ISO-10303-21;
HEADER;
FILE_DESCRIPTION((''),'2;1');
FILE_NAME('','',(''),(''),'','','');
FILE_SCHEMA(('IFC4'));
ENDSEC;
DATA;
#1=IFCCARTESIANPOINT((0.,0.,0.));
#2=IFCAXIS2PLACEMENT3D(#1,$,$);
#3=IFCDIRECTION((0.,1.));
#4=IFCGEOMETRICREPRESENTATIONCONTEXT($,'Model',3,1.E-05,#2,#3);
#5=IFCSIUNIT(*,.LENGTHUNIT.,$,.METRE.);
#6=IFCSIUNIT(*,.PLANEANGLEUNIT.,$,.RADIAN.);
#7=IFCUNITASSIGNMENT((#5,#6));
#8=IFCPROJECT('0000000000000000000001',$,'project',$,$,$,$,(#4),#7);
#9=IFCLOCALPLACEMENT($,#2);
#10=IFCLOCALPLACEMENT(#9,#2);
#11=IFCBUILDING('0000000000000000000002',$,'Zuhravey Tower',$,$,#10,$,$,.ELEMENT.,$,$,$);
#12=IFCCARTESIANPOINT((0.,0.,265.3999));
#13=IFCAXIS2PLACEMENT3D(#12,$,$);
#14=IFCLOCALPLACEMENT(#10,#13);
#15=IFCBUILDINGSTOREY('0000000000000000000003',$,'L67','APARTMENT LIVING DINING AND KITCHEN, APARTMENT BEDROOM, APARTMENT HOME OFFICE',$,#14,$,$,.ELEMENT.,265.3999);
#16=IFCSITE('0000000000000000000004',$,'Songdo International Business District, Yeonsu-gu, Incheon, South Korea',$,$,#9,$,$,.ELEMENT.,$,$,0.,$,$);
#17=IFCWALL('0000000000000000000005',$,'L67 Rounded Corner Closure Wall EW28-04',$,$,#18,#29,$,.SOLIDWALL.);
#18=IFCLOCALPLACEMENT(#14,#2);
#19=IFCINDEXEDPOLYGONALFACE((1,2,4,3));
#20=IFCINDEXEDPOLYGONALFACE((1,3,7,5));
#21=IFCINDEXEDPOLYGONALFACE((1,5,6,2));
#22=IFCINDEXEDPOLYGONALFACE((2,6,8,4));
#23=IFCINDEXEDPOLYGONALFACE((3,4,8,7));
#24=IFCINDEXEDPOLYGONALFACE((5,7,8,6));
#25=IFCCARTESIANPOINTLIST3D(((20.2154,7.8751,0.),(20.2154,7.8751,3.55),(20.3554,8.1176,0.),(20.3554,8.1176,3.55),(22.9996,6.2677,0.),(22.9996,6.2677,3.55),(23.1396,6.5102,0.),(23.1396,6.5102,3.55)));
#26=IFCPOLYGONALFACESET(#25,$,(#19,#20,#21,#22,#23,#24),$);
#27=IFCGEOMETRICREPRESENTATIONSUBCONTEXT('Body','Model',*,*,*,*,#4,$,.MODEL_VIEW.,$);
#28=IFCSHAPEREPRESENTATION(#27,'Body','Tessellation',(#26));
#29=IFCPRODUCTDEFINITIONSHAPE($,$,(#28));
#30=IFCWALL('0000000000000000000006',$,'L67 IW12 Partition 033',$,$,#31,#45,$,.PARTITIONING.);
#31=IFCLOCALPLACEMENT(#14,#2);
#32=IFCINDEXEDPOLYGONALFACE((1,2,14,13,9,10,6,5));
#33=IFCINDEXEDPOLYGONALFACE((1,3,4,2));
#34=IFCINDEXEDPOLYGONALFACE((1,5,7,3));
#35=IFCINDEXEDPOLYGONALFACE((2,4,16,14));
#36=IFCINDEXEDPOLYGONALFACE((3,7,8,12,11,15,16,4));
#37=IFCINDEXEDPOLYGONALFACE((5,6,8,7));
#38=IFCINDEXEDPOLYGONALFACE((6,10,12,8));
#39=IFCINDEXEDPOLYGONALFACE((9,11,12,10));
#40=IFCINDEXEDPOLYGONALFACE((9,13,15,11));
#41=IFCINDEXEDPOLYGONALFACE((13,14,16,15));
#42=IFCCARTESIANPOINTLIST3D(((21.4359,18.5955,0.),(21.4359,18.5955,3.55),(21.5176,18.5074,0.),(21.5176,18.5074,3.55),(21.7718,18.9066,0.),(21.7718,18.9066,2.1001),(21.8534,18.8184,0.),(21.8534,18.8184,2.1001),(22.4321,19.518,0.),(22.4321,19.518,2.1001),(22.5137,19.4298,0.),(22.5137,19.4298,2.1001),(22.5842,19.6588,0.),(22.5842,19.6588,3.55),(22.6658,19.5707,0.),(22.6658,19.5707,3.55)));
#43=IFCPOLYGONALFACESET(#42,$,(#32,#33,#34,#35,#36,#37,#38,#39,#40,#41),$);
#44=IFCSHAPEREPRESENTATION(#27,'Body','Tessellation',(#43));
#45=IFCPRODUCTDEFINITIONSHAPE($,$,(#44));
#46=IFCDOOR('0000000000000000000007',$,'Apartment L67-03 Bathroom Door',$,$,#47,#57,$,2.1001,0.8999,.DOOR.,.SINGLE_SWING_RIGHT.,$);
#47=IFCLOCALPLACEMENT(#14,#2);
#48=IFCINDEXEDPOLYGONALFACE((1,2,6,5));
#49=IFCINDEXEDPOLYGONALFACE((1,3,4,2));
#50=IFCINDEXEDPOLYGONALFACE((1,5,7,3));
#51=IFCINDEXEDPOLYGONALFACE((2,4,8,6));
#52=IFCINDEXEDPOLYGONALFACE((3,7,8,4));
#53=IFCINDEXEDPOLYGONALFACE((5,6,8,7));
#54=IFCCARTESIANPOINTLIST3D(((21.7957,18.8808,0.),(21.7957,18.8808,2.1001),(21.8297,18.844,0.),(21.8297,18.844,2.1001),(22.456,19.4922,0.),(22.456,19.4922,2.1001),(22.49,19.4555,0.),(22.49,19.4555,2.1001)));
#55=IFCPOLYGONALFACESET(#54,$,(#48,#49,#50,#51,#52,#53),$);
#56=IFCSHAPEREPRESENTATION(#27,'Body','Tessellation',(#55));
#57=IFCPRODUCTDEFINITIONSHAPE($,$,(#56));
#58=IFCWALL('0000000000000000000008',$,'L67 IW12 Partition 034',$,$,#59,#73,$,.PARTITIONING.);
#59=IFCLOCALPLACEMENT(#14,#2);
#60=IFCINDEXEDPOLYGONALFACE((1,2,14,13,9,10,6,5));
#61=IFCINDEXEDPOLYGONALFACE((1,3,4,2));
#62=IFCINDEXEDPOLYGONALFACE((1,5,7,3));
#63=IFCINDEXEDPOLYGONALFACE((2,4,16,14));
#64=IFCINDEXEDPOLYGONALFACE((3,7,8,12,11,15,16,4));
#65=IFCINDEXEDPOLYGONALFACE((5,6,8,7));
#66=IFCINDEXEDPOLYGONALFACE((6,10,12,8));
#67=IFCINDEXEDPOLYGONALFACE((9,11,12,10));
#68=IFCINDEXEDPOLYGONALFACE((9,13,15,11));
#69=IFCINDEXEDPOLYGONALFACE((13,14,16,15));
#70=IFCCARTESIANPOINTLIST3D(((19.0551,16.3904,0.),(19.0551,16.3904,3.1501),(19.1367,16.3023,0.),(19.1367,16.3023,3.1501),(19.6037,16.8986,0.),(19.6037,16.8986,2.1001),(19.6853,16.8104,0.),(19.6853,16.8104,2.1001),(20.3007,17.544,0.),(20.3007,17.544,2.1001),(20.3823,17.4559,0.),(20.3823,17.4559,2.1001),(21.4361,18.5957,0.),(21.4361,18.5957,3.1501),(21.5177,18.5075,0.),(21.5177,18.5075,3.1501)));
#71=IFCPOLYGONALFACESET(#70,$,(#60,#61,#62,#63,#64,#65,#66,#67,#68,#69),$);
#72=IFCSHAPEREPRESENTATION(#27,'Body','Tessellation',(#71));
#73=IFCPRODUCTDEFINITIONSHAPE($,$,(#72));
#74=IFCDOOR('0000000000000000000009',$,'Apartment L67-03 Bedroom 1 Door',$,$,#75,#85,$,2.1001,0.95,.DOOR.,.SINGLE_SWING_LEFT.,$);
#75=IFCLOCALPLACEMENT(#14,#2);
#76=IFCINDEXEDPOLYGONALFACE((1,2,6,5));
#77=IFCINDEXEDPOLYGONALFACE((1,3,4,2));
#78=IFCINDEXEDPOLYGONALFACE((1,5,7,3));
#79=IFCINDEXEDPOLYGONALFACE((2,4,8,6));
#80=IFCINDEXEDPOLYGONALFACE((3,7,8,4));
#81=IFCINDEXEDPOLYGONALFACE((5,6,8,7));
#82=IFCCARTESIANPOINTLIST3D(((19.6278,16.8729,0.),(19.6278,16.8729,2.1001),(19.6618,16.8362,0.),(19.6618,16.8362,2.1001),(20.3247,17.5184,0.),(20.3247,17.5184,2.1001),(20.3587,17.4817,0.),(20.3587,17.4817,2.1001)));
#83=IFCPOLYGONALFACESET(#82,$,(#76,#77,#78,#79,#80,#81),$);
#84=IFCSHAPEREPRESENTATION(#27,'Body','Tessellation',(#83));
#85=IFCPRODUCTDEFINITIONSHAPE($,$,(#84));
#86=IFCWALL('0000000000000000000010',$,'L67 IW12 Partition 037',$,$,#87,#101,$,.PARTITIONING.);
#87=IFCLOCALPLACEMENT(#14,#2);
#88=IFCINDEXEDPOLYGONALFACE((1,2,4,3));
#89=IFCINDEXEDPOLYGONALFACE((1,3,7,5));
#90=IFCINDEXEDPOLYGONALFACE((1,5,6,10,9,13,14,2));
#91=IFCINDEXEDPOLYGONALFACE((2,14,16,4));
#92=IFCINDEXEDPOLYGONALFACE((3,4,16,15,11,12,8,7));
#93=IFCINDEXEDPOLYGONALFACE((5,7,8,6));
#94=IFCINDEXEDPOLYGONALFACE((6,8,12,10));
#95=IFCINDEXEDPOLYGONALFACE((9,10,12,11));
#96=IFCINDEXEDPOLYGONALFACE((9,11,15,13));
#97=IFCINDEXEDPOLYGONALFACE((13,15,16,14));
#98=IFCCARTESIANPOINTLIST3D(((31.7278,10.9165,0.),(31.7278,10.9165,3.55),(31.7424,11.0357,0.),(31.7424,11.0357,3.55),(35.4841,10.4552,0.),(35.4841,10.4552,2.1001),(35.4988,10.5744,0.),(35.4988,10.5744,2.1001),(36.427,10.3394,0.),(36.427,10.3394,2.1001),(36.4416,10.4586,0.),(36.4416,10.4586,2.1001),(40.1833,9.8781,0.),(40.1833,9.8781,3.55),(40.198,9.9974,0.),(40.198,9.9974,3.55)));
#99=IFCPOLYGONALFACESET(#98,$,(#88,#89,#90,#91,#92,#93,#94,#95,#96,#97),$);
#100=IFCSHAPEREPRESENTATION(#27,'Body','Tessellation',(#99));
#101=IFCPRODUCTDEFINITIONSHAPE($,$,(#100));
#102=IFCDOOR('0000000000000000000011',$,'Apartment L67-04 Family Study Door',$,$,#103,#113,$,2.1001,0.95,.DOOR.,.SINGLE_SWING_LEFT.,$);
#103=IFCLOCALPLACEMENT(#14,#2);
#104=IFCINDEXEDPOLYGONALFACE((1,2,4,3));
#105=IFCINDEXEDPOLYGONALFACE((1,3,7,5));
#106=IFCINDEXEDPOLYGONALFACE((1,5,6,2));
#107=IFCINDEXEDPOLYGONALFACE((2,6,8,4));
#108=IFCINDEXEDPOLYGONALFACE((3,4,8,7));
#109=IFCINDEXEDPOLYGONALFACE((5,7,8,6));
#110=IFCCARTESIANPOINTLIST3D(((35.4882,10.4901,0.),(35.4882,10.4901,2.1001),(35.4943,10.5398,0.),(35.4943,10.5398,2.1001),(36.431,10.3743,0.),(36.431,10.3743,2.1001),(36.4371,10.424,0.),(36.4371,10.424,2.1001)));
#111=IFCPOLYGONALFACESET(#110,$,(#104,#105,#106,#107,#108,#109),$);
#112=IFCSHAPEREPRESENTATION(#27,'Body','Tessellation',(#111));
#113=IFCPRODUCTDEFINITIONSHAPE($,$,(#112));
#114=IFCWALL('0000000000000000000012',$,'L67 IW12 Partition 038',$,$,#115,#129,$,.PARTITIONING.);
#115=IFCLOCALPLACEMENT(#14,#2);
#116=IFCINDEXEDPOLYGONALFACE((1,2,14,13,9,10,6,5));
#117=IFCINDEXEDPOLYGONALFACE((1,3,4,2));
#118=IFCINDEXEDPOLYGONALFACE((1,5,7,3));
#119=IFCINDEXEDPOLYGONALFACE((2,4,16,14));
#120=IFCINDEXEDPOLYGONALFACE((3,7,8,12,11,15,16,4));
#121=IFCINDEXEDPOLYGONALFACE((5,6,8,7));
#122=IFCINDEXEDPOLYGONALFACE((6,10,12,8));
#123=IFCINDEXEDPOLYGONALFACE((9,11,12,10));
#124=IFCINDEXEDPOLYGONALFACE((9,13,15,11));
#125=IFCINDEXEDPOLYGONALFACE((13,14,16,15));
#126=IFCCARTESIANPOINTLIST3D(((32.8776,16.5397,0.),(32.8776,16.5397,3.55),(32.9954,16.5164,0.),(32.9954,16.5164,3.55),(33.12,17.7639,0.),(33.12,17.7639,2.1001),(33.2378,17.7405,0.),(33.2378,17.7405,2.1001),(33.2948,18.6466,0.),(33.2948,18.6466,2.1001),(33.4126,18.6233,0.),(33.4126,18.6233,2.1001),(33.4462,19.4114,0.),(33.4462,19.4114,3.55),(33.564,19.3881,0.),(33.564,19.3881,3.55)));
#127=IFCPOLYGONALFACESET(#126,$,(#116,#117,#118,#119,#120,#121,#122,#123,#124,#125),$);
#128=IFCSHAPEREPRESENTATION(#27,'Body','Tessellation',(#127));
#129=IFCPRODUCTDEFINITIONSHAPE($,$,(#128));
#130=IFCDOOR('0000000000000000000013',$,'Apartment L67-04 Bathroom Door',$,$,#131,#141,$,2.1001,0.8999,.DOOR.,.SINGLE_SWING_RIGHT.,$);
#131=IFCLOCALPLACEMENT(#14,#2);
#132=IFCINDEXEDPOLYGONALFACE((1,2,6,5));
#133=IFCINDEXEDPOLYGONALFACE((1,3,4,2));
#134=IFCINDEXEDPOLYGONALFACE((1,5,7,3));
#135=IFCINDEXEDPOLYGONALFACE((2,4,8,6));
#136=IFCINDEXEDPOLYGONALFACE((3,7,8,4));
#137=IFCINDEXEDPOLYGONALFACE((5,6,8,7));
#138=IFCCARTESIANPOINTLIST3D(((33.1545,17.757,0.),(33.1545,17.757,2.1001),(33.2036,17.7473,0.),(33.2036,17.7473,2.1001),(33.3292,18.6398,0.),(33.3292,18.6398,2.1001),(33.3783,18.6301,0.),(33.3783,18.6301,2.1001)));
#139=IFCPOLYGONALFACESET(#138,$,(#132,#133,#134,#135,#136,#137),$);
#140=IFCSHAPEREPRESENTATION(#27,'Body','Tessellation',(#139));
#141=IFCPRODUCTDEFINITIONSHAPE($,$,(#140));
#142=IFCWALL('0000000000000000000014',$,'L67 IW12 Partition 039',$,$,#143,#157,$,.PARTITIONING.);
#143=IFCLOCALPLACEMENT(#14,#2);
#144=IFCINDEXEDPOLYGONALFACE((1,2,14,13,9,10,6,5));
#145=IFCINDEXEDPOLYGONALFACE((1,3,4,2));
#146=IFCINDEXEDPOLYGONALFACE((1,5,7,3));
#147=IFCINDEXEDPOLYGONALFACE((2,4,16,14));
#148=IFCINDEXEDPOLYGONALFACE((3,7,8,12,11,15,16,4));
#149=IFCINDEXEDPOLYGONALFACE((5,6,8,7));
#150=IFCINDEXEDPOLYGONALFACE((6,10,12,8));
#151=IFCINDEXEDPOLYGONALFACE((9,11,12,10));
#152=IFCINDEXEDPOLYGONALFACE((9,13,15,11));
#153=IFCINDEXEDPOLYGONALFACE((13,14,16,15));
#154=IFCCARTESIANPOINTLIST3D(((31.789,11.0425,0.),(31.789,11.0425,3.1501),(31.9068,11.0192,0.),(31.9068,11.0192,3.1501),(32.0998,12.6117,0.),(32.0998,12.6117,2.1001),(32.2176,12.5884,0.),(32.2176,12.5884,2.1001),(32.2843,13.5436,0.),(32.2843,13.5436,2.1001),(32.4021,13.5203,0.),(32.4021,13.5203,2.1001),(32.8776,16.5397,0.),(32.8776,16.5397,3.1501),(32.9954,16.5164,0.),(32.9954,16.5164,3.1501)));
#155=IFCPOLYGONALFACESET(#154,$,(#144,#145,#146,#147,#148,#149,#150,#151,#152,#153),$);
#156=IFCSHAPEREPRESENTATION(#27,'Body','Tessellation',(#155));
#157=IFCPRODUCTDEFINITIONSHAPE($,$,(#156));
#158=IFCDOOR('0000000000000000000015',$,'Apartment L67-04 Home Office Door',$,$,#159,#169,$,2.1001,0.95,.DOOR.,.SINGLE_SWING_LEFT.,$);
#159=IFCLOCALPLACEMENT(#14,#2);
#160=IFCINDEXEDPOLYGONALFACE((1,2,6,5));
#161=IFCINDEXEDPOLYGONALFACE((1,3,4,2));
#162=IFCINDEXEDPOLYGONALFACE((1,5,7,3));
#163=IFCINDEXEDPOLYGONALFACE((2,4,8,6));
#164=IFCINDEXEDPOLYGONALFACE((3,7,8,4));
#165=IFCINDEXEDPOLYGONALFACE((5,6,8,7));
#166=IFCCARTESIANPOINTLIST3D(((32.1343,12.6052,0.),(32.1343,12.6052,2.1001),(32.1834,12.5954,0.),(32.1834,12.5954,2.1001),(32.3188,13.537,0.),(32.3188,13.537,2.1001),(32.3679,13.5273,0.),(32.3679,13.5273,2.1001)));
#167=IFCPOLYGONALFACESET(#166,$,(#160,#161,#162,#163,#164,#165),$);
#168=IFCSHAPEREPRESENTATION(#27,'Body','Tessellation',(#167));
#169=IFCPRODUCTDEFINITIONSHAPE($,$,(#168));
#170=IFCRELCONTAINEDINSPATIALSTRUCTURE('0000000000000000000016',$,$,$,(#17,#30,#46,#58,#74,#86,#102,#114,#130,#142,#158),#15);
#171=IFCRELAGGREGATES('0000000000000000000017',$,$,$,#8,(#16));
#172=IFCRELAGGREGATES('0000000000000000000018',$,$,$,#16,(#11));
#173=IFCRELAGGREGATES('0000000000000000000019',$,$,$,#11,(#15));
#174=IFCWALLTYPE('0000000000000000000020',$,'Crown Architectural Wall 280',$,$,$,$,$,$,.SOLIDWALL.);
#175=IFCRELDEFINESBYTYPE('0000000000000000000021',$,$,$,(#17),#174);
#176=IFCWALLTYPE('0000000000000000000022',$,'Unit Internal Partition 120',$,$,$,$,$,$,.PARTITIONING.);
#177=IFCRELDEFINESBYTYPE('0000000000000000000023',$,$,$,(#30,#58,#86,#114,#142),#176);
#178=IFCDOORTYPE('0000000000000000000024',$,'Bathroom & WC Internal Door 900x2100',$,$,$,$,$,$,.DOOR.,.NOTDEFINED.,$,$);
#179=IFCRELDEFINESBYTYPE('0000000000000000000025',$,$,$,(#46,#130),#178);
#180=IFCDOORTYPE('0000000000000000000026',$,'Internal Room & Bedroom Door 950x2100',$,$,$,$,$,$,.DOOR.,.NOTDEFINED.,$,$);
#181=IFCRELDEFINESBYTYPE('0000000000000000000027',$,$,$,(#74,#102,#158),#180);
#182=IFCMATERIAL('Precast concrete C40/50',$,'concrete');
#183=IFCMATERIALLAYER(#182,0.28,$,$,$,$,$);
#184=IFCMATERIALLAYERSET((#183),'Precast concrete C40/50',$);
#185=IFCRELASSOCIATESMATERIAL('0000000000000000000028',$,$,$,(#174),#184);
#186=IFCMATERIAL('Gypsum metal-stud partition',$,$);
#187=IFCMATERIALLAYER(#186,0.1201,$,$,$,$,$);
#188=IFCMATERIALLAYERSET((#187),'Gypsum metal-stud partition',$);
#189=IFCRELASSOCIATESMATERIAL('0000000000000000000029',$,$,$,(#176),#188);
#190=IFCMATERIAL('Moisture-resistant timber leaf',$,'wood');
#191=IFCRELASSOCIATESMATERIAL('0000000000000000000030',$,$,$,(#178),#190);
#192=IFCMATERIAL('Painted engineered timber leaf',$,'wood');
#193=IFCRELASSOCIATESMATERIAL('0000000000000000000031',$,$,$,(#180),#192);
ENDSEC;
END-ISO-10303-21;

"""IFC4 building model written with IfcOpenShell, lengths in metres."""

from ifc_helpers import new_model, si_unit, direction, frame, frame_2d, origin, place, context, subcontext, project, spatial, rectangle, extrude, material, layer, layer_set, type_object, element, fill, save


model = new_model("IFC4")

# Units and contexts
model_context = context("Model", 3, precision=1e-05, world=origin(), true_north=direction((0.0, 1.0)))
body_context = subcontext(model_context, "Body", "Model", "MODEL_VIEW")
ifc_project = project(units=[si_unit("LENGTHUNIT", "METRE"), si_unit("PLANEANGLEUNIT", "RADIAN")], contexts=[model_context])

# Site, building, storey
site_placement = place(None, origin())
site = spatial("IfcSite", under=ifc_project, at=site_placement, Name="Songdo International Business District, Yeonsu-gu, Incheon, South Korea", CompositionType="ELEMENT", RefElevation=0.0)
building_placement = place(site_placement, origin())
building = spatial("IfcBuilding", under=site, at=building_placement, Name="Zuhravey Tower", CompositionType="ELEMENT")
storey_placement = place(building_placement, frame((0.0, 0.0, 265.3999)))
storey = spatial("IfcBuildingStorey", under=building, at=storey_placement, Name="L67", Description="APARTMENT LIVING DINING AND KITCHEN, APARTMENT BEDROOM, APARTMENT HOME OFFICE", CompositionType="ELEMENT", Elevation=265.3999)

# Wall
ifc_material_1 = material(Name="Precast concrete C40/50", Category="concrete")
ifc_layer_1 = layer(ifc_material_1, 0.28)
ifc_layer_set_1 = layer_set([ifc_layer_1], Name="Precast concrete C40/50")
wall_type_1 = type_object("IfcWallType", Name="Crown Architectural Wall 280", PredefinedType="SOLIDWALL", material=ifc_layer_set_1)
wall_1_placement = place(storey_placement, frame((23.0696, 6.3889, 0.0), z_axis=(0.0, 0.0, 1.0), x_axis=(-0.866029, 0.499994, 0.0)))
element("IfcWall", 1, at=wall_1_placement, inside=storey, type_object=wall_type_1, Name="L67 Rounded Corner Closure Wall EW28-04", PredefinedType="SOLIDWALL", context=body_context, shape_type="SweptSolid", body=[
    extrude(rectangle(XDim=3.2148, YDim=0.28, at=frame_2d((1.6074, 0.0))), origin(), (0.0, 0.0, 1.0), 3.55),
])

# Walls, openings, doors
ifc_material_2 = material(Name="Gypsum metal-stud partition")
ifc_layer_2 = layer(ifc_material_2, 0.1201)
ifc_layer_set_2 = layer_set([ifc_layer_2], Name="Gypsum metal-stud partition")
wall_type_2 = type_object("IfcWallType", Name="Unit Internal Partition 120", PredefinedType="PARTITIONING", material=ifc_layer_set_2)
wall_2_placement = place(storey_placement, frame((22.625, 19.6147, 0.0), z_axis=(0.0, 0.0, 1.0), x_axis=(-0.733732, -0.679439, 0.0)))
wall_2 = element("IfcWall", 2, at=wall_2_placement, inside=storey, type_object=wall_type_2, Name="L67 IW12 Partition 033", PredefinedType="PARTITIONING", context=body_context, shape_type="SweptSolid", body=[
    extrude(rectangle(XDim=1.5649, YDim=0.1201, at=frame_2d((0.7825, 0.0))), origin(), (0.0, 0.0, 1.0), 3.55),
])
opening_1_placement = place(wall_2_placement, frame((0.2073, 0.0, 0.0)))
opening_1 = element("IfcOpeningElement", 3, at=opening_1_placement, cuts=wall_2, PredefinedType="OPENING", context=body_context, shape_type="SweptSolid", body=[
    extrude(rectangle(XDim=0.8999, YDim=2.1001, at=frame_2d((0.45, 1.05))), frame((0.0, 0.072, 0.0), z_axis=(0.0, -1.0, 0.0), x_axis=(1.0, 0.0, 0.0)), (0.0, 0.0, 1.0), 0.144),
])
ifc_material_3 = material(Name="Moisture-resistant timber leaf", Category="wood")
door_type_1 = type_object("IfcDoorType", Name="Bathroom & WC Internal Door 900x2100", OperationType="NOTDEFINED", PredefinedType="DOOR", material=ifc_material_3)
door_1_placement = place(opening_1_placement, frame((0.8999, 0.0, 0.0), z_axis=(0.0, 0.0, 1.0), x_axis=(-1.0, 0.0, 0.0)))
door_1 = element("IfcDoor", 4, at=door_1_placement, inside=storey, type_object=door_type_1, Name="Apartment L67-03 Bathroom Door", OperationType="SINGLE_SWING_RIGHT", OverallHeight=2.1001, OverallWidth=0.8999, PredefinedType="DOOR", context=body_context, shape_type="SweptSolid", body=[
    extrude(rectangle(XDim=0.8999, YDim=2.1001, at=frame_2d((0.45, 1.05))), frame((0.0, 0.0249, 0.0), z_axis=(0.0, -1.0, 0.0), x_axis=(1.0, 0.0, 0.0)), (0.0, 0.0, 1.0), 0.05),
])
fill(opening_1, door_1)
wall_3_placement = place(storey_placement, frame((21.4768, 18.5515, 0.0), z_axis=(0.0, 0.0, 1.0), x_axis=(-0.733669, -0.679507, 0.0)))
wall_3 = element("IfcWall", 5, at=wall_3_placement, inside=storey, type_object=wall_type_2, Name="L67 IW12 Partition 034", PredefinedType="PARTITIONING", context=body_context, shape_type="SweptSolid", body=[
    extrude(rectangle(XDim=3.2454, YDim=0.1201, at=frame_2d((1.6226, 0.0))), origin(), (0.0, 0.0, 1.0), 3.1501),
])
opening_2_placement = place(wall_3_placement, frame((1.5474, 0.0, 0.0)))
opening_2 = element("IfcOpeningElement", 6, at=opening_2_placement, cuts=wall_3, PredefinedType="OPENING", context=body_context, shape_type="SweptSolid", body=[
    extrude(rectangle(XDim=0.95, YDim=2.1001, at=frame_2d((0.4751, 1.05))), frame((0.0, 0.072, 0.0), z_axis=(0.0, -1.0, 0.0), x_axis=(1.0, 0.0, 0.0)), (0.0, 0.0, 1.0), 0.144),
])
ifc_material_4 = material(Name="Painted engineered timber leaf", Category="wood")
door_type_2 = type_object("IfcDoorType", Name="Internal Room & Bedroom Door 950x2100", OperationType="NOTDEFINED", PredefinedType="DOOR", material=ifc_material_4)
door_2_placement = place(opening_2_placement, frame((0.95, 0.0, 0.0), z_axis=(0.0, 0.0, 1.0), x_axis=(-1.0, 0.0, 0.0)))
door_2 = element("IfcDoor", 7, at=door_2_placement, inside=storey, type_object=door_type_2, Name="Apartment L67-03 Bedroom 1 Door", OperationType="SINGLE_SWING_LEFT", OverallHeight=2.1001, OverallWidth=0.95, PredefinedType="DOOR", context=body_context, shape_type="SweptSolid", body=[
    extrude(rectangle(XDim=0.95, YDim=2.1001, at=frame_2d((0.4751, 1.05))), frame((0.0, 0.0249, 0.0), z_axis=(0.0, -1.0, 0.0), x_axis=(1.0, 0.0, 0.0)), (0.0, 0.0, 1.0), 0.05),
])
fill(opening_2, door_2)
wall_4_placement = place(storey_placement, frame((31.7351, 10.9761, 0.0), z_axis=(0.0, 0.0, 1.0), x_axis=(0.992544, -0.121883, 0.0)))
wall_4 = element("IfcWall", 8, at=wall_4_placement, inside=storey, type_object=wall_type_2, Name="L67 IW12 Partition 037", PredefinedType="PARTITIONING", context=body_context, shape_type="SweptSolid", body=[
    extrude(rectangle(XDim=8.519, YDim=0.1201, at=frame_2d((4.2595, 0.0))), origin(), (0.0, 0.0, 1.0), 3.55),
])
opening_3_placement = place(wall_4_placement, frame((3.7844, 0.0, 0.0)))
opening_3 = element("IfcOpeningElement", 9, at=opening_3_placement, cuts=wall_4, PredefinedType="OPENING", context=body_context, shape_type="SweptSolid", body=[
    extrude(rectangle(XDim=0.95, YDim=2.1001, at=frame_2d((0.4751, 1.05))), frame((0.0, 0.072, 0.0), z_axis=(0.0, -1.0, 0.0), x_axis=(1.0, 0.0, 0.0)), (0.0, 0.0, 1.0), 0.144),
])
door_3_placement = place(opening_3_placement, frame((0.95, 0.0, 0.0), z_axis=(0.0, 0.0, 1.0), x_axis=(-1.0, 0.0, 0.0)))
door_3 = element("IfcDoor", 10, at=door_3_placement, inside=storey, type_object=door_type_2, Name="Apartment L67-04 Family Study Door", OperationType="SINGLE_SWING_LEFT", OverallHeight=2.1001, OverallWidth=0.95, PredefinedType="DOOR", context=body_context, shape_type="SweptSolid", body=[
    extrude(rectangle(XDim=0.95, YDim=2.1001, at=frame_2d((0.4751, 1.05))), frame((0.0, 0.0249, 0.0), z_axis=(0.0, -1.0, 0.0), x_axis=(1.0, 0.0, 0.0)), (0.0, 0.0, 1.0), 0.05),
])
fill(opening_3, door_3)
wall_5_placement = place(storey_placement, frame((33.5051, 19.3999, 0.0), z_axis=(0.0, 0.0, 1.0), x_axis=(-0.194223, -0.980957, 0.0)))
wall_5 = element("IfcWall", 11, at=wall_5_placement, inside=storey, type_object=wall_type_2, Name="L67 IW12 Partition 038", PredefinedType="PARTITIONING", context=body_context, shape_type="SweptSolid", body=[
    extrude(rectangle(XDim=2.9275, YDim=0.1201, at=frame_2d((1.4639, 0.0))), origin(), (0.0, 0.0, 1.0), 3.55),
])
opening_4_placement = place(wall_5_placement, frame((0.7798, 0.0, 0.0)))
opening_4 = element("IfcOpeningElement", 12, at=opening_4_placement, cuts=wall_5, PredefinedType="OPENING", context=body_context, shape_type="SweptSolid", body=[
    extrude(rectangle(XDim=0.8999, YDim=2.1001, at=frame_2d((0.45, 1.05))), frame((0.0, 0.072, 0.0), z_axis=(0.0, -1.0, 0.0), x_axis=(1.0, 0.0, 0.0)), (0.0, 0.0, 1.0), 0.144),
])
door_4_placement = place(opening_4_placement, frame((0.8999, 0.0, 0.0), z_axis=(0.0, 0.0, 1.0), x_axis=(-1.0, 0.0, 0.0)))
door_4 = element("IfcDoor", 13, at=door_4_placement, inside=storey, type_object=door_type_1, Name="Apartment L67-04 Bathroom Door", OperationType="SINGLE_SWING_RIGHT", OverallHeight=2.1001, OverallWidth=0.8999, PredefinedType="DOOR", context=body_context, shape_type="SweptSolid", body=[
    extrude(rectangle(XDim=0.8999, YDim=2.1001, at=frame_2d((0.45, 1.05))), frame((0.0, 0.0249, 0.0), z_axis=(0.0, -1.0, 0.0), x_axis=(1.0, 0.0, 0.0)), (0.0, 0.0, 1.0), 0.05),
])
fill(opening_4, door_4)
wall_6_placement = place(storey_placement, frame((32.9365, 16.5281, 0.0), z_axis=(0.0, 0.0, 1.0), x_axis=(-0.194256, -0.980951, 0.0)))
wall_6 = element("IfcWall", 14, at=wall_6_placement, inside=storey, type_object=wall_type_2, Name="L67 IW12 Partition 039", PredefinedType="PARTITIONING", context=body_context, shape_type="SweptSolid", body=[
    extrude(rectangle(XDim=5.604, YDim=0.1201, at=frame_2d((2.802, 0.0))), origin(), (0.0, 0.0, 1.0), 3.1501),
])
opening_5_placement = place(wall_6_placement, frame((3.0542, 0.0, 0.0)))
opening_5 = element("IfcOpeningElement", 15, at=opening_5_placement, cuts=wall_6, PredefinedType="OPENING", context=body_context, shape_type="SweptSolid", body=[
    extrude(rectangle(XDim=0.95, YDim=2.1001, at=frame_2d((0.4751, 1.05))), frame((0.0, 0.072, 0.0), z_axis=(0.0, -1.0, 0.0), x_axis=(1.0, 0.0, 0.0)), (0.0, 0.0, 1.0), 0.144),
])
door_5_placement = place(opening_5_placement, frame((0.95, 0.0, 0.0), z_axis=(0.0, 0.0, 1.0), x_axis=(-1.0, 0.0, 0.0)))
door_5 = element("IfcDoor", 16, at=door_5_placement, inside=storey, type_object=door_type_2, Name="Apartment L67-04 Home Office Door", OperationType="SINGLE_SWING_LEFT", OverallHeight=2.1001, OverallWidth=0.95, PredefinedType="DOOR", context=body_context, shape_type="SweptSolid", body=[
    extrude(rectangle(XDim=0.95, YDim=2.1001, at=frame_2d((0.4751, 1.05))), frame((0.0, 0.0249, 0.0), z_axis=(0.0, -1.0, 0.0), x_axis=(1.0, 0.0, 0.0)), (0.0, 0.0, 1.0), 0.05),
])
fill(opening_5, door_5)

save(model, "model.ifc")
